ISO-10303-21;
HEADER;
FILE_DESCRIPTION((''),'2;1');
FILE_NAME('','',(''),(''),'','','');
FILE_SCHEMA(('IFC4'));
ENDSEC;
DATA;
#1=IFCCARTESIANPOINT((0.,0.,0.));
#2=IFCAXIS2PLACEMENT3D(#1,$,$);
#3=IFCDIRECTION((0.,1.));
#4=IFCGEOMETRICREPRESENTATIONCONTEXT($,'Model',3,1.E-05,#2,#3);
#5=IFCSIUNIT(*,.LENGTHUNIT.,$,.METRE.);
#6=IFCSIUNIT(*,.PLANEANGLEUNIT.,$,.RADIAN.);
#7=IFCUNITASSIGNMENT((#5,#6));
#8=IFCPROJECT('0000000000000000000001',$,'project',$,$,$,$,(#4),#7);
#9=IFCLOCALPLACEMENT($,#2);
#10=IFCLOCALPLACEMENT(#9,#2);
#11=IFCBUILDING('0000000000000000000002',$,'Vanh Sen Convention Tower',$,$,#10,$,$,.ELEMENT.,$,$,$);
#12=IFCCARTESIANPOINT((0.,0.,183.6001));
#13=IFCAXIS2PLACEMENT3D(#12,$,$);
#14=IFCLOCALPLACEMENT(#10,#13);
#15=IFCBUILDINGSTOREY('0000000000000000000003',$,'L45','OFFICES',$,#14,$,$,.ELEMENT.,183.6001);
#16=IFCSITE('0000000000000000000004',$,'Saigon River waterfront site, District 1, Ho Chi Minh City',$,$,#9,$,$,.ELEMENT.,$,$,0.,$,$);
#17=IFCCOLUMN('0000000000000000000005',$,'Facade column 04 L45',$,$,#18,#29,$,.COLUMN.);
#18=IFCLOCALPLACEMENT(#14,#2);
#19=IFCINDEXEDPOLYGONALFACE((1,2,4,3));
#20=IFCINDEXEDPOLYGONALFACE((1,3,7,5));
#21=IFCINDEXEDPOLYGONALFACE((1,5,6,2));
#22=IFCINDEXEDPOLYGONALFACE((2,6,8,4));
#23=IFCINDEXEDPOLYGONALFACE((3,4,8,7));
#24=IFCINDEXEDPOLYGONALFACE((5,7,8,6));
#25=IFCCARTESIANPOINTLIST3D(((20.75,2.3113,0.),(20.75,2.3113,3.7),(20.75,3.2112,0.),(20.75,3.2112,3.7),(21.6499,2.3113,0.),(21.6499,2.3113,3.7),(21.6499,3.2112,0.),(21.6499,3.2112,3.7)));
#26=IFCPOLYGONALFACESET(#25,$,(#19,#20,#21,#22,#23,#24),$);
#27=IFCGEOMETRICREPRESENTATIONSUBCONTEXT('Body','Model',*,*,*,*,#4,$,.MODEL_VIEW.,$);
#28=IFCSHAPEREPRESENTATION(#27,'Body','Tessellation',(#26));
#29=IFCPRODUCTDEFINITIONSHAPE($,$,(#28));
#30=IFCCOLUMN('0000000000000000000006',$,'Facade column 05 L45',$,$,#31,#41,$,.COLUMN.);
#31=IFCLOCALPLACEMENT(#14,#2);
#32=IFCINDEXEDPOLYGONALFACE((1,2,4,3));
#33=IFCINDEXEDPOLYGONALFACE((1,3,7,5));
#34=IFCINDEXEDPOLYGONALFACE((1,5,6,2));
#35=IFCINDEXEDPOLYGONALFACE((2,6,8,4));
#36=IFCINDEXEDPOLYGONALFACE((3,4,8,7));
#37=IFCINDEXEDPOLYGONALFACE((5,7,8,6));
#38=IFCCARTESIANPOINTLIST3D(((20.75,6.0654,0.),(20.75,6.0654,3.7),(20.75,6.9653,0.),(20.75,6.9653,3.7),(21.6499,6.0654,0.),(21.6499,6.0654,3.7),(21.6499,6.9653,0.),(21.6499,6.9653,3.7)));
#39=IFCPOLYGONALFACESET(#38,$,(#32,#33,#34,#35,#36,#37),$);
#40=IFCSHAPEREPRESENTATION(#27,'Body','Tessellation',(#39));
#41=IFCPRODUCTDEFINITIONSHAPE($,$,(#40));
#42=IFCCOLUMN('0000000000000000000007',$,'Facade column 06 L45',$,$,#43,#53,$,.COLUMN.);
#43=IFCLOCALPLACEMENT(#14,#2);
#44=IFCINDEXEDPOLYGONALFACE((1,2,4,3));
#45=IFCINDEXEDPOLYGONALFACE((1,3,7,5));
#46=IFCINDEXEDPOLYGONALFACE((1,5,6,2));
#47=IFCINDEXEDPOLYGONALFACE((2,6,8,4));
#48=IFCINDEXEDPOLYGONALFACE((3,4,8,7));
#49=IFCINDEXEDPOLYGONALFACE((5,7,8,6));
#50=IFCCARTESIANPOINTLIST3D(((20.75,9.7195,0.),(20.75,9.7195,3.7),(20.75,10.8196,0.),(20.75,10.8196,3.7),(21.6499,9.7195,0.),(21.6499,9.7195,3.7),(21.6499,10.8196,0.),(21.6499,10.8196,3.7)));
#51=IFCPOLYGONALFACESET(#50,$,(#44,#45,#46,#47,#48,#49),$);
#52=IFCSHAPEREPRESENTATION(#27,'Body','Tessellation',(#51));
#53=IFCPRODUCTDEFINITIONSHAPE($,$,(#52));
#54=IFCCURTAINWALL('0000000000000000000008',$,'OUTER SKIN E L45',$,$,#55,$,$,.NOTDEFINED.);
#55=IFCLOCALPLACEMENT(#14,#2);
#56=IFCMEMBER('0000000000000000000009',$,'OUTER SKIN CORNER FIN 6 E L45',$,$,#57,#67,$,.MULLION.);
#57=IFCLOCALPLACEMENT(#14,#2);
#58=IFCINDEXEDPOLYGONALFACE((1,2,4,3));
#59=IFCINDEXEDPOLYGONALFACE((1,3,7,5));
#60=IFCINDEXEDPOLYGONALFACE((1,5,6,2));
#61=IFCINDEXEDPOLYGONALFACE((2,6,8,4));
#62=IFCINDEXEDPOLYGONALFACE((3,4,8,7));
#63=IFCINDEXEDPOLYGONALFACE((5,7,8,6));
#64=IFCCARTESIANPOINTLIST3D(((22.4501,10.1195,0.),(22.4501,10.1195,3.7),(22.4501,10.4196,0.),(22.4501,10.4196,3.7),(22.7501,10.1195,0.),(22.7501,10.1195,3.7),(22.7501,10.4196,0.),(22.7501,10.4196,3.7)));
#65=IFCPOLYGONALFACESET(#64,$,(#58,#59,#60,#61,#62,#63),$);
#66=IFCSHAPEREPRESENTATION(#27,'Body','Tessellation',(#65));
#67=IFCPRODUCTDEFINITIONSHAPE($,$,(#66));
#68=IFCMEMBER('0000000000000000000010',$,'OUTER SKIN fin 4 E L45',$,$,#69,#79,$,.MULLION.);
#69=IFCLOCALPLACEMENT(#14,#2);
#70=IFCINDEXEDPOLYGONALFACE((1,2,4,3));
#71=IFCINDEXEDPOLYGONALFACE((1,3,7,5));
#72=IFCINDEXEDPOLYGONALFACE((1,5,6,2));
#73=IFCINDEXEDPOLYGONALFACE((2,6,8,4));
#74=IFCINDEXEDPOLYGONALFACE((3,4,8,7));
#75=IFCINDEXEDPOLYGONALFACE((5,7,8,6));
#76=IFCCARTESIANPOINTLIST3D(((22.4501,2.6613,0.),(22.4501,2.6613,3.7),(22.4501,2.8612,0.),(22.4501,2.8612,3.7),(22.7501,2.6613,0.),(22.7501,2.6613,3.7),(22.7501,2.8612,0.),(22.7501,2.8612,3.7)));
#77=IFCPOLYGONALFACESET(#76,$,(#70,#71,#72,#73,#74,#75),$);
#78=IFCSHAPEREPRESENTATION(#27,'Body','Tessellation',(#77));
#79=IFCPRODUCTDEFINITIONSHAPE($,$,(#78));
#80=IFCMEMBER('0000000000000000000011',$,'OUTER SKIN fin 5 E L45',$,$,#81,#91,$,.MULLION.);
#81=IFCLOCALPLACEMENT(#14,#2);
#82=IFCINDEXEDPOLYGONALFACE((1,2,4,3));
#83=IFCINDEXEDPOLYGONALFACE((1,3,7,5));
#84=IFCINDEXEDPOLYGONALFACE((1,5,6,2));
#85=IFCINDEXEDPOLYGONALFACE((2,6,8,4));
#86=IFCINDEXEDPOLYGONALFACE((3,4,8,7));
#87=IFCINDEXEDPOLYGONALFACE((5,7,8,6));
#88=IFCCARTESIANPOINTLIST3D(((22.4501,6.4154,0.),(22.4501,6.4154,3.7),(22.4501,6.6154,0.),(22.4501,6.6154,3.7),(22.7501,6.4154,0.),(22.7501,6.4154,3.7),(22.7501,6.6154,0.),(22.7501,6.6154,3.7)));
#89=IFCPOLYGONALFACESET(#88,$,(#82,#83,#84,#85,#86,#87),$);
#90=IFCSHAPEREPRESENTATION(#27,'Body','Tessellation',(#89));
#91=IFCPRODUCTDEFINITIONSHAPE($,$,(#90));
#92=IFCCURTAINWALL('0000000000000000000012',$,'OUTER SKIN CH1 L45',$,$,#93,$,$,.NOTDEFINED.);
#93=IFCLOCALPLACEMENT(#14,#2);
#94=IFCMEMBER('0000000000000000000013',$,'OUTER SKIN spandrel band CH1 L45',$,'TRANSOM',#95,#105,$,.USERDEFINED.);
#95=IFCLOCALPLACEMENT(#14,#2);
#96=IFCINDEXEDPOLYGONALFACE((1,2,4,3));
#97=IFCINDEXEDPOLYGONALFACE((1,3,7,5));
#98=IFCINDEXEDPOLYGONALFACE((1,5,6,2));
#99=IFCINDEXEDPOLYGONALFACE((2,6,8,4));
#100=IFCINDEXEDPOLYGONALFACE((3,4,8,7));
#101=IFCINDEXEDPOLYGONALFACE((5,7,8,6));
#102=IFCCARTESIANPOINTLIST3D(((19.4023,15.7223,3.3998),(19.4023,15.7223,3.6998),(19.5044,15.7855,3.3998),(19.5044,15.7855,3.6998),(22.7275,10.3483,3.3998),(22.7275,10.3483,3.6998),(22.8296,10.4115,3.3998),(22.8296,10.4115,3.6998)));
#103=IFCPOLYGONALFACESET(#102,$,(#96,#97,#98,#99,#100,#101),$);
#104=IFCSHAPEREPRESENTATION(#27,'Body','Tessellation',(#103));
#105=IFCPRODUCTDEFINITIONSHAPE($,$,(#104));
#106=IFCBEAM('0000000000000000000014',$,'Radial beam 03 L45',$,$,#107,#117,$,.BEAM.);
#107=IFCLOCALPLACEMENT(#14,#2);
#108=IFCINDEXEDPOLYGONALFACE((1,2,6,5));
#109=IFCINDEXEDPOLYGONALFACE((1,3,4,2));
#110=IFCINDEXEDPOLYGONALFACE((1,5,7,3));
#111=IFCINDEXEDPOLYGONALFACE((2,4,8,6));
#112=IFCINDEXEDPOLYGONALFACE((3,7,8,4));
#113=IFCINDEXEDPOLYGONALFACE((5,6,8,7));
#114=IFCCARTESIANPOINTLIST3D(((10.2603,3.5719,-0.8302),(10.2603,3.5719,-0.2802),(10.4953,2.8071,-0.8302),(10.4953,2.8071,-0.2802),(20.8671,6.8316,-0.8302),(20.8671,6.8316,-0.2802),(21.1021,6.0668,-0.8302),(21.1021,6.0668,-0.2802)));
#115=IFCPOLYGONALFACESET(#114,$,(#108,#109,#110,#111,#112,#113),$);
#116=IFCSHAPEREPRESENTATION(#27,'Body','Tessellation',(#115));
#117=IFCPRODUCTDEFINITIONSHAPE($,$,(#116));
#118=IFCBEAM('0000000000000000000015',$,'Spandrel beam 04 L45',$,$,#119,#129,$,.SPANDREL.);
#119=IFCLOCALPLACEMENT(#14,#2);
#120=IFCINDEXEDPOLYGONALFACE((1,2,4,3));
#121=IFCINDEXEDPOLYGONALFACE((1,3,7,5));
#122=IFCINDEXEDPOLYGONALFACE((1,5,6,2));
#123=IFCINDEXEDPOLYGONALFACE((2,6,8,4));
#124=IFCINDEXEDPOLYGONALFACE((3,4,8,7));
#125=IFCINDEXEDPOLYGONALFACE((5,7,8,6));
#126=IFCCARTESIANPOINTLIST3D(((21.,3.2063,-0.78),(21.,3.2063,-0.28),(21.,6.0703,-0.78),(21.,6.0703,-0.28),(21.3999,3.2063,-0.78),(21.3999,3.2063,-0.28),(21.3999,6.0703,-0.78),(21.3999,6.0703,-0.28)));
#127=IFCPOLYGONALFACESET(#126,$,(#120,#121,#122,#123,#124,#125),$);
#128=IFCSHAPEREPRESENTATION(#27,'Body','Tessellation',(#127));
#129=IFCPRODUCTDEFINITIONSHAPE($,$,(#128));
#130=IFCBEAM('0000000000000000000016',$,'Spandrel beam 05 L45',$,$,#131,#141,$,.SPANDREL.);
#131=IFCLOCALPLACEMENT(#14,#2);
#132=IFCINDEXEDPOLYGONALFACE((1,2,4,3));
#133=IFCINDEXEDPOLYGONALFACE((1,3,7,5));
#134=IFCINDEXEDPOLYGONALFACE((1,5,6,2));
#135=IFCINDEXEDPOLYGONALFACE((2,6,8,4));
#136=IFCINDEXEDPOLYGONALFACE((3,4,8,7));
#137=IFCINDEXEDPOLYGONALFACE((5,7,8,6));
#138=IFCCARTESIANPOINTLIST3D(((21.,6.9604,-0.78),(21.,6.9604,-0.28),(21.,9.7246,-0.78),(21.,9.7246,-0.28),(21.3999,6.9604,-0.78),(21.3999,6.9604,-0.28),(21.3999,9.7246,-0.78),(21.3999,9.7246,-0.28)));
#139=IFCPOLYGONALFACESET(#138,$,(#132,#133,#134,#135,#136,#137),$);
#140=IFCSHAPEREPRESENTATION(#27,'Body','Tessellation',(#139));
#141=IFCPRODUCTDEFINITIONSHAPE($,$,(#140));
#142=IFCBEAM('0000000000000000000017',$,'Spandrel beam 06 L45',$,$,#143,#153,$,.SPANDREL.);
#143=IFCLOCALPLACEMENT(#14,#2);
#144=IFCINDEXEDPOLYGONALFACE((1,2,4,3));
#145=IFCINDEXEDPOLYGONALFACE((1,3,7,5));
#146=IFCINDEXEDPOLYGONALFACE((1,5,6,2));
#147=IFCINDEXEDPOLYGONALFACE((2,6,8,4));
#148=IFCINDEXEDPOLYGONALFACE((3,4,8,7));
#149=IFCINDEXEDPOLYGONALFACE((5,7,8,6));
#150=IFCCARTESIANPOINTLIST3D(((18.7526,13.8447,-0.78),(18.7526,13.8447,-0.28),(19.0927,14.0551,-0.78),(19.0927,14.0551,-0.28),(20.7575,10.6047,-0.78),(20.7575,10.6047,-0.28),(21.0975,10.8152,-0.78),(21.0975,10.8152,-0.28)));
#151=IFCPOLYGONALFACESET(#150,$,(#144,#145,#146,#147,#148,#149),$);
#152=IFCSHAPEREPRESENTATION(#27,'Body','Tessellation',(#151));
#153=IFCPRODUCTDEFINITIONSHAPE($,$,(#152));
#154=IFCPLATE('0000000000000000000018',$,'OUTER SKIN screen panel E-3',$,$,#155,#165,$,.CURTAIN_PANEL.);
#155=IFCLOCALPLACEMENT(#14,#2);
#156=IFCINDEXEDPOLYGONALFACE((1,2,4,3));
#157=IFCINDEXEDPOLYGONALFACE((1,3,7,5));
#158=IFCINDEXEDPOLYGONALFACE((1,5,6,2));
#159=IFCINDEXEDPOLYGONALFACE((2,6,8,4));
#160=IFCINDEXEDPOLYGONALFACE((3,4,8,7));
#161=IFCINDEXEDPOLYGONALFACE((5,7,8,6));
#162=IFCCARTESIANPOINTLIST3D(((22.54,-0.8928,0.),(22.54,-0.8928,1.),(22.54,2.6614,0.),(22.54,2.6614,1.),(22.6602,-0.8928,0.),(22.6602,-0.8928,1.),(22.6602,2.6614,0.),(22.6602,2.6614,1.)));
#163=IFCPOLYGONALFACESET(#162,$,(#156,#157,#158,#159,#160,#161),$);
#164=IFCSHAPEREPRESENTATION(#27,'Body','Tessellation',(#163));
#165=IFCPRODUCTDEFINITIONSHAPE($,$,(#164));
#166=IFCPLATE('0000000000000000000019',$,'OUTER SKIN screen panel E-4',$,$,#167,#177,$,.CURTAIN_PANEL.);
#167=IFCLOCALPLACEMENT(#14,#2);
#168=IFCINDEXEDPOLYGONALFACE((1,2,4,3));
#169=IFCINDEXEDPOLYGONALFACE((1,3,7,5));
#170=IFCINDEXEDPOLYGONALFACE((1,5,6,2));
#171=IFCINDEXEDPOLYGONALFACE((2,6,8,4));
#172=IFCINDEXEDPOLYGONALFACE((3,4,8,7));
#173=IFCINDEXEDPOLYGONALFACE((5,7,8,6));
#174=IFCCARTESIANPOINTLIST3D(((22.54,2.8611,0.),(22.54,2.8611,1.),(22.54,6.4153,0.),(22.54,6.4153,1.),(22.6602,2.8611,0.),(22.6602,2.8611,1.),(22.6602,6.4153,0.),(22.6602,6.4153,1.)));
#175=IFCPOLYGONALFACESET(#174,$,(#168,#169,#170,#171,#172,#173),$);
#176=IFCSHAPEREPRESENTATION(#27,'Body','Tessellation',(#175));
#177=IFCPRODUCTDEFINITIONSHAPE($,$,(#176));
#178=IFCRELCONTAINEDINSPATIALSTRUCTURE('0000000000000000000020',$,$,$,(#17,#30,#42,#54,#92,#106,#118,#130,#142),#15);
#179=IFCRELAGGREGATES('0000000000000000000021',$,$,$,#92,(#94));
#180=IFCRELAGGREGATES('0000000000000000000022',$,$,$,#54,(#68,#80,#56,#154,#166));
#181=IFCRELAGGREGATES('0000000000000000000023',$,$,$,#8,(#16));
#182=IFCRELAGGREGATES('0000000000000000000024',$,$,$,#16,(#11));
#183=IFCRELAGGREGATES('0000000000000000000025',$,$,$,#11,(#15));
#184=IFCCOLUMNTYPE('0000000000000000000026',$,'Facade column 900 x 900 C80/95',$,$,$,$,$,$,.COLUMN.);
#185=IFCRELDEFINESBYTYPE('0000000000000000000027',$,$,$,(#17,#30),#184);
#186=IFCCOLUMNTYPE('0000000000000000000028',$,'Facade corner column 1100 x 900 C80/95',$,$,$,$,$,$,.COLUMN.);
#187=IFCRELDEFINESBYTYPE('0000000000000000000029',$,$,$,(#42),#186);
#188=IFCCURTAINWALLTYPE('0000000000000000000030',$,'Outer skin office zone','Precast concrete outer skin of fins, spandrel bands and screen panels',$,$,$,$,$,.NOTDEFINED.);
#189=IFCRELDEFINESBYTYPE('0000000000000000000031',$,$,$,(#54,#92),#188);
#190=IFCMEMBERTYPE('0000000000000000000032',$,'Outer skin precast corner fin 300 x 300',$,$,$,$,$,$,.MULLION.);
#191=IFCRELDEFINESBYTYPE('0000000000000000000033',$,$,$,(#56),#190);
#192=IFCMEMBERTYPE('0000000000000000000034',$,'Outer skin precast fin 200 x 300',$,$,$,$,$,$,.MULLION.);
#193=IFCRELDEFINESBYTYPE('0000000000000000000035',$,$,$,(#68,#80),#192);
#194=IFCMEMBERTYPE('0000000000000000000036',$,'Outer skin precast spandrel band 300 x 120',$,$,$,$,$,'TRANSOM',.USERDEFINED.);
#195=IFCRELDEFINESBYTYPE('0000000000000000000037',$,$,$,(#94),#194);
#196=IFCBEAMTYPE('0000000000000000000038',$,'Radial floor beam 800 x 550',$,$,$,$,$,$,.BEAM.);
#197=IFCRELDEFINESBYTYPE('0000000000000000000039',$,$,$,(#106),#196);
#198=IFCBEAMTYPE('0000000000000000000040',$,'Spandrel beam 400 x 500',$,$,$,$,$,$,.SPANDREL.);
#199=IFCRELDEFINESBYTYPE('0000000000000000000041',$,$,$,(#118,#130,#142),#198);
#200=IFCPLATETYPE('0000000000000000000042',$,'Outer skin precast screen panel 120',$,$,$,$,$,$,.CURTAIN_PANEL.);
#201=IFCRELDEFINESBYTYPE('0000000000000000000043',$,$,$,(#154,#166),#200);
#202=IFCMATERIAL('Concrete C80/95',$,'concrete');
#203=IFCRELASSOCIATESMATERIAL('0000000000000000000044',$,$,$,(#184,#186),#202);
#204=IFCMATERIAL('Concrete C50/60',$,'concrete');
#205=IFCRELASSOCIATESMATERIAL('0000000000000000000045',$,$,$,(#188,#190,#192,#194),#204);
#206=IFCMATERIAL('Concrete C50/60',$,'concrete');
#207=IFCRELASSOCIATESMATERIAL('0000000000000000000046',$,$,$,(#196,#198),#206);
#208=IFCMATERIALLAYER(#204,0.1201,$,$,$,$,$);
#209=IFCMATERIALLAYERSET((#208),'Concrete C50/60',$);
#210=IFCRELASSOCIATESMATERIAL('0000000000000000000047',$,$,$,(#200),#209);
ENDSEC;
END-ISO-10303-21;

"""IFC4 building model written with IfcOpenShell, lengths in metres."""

from ifc_helpers import new_model, si_unit, direction, frame, origin, origin_2d, place, context, subcontext, project, spatial, rectangle, extrude, material, layer, layer_set, material_profile, profile_set, type_object, element, aggregate, save


model = new_model("IFC4")

# Units and contexts
model_context = context("Model", 3, precision=1e-05, world=origin(), true_north=direction((0.0, 1.0)))
body_context = subcontext(model_context, "Body", "Model", "MODEL_VIEW")
ifc_project = project(units=[si_unit("LENGTHUNIT", "METRE"), si_unit("PLANEANGLEUNIT", "RADIAN")], contexts=[model_context])

# Site, building, storey
site_placement = place(None, origin())
site = spatial("IfcSite", under=ifc_project, at=site_placement, Name="Saigon River waterfront site, District 1, Ho Chi Minh City", CompositionType="ELEMENT", RefElevation=0.0)
building_placement = place(site_placement, origin())
building = spatial("IfcBuilding", under=site, at=building_placement, Name="Vanh Sen Convention Tower", CompositionType="ELEMENT")
storey_placement = place(building_placement, frame((0.0, 0.0, 183.6001)))
storey = spatial("IfcBuildingStorey", under=building, at=storey_placement, Name="L45", Description="OFFICES", CompositionType="ELEMENT", Elevation=183.6001)

# Columns
ifc_material_1 = material(Name="Concrete C80/95", Category="concrete")
ifc_material_profile_1 = material_profile(ifc_material_1, rectangle(XDim=0.8999, YDim=0.8999, at=origin_2d()), Name="RC 900X900")
ifc_profile_set_1 = profile_set([ifc_material_profile_1], Name="Concrete C80/95")
column_type_1 = type_object("IfcColumnType", Name="Facade column 900 x 900 C80/95", PredefinedType="COLUMN", material=ifc_profile_set_1)
for number, where, z_axis, x_axis, name in (
    (1, (21.2, 2.7612, 0.0), (0.0, 0.0, 1.0), (0.0, 1.0, 0.0), "Facade column 04 L45"),
    (2, (21.2, 6.5154, 0.0), (0.0, 0.0, 1.0), (0.0, 1.0, 0.0), "Facade column 05 L45"),
):
    element("IfcColumn", number, at=place(storey_placement, frame(where, z_axis=z_axis, x_axis=x_axis)), inside=storey, type_object=column_type_1, Name=name, PredefinedType="COLUMN", context=body_context, shape_type="SweptSolid", body=[
        extrude(rectangle(XDim=0.8999, YDim=0.8999, at=origin_2d()), origin(), (0.0, 0.0, 1.0), 3.7),
    ])
ifc_material_profile_2 = material_profile(ifc_material_1, rectangle(XDim=1.1001, YDim=0.8999, at=origin_2d()), Name="RC 1100X900")
ifc_profile_set_2 = profile_set([ifc_material_profile_2], Name="Concrete C80/95")
column_type_2 = type_object("IfcColumnType", Name="Facade corner column 1100 x 900 C80/95", PredefinedType="COLUMN", material=ifc_profile_set_2)
column_placement = place(storey_placement, frame((21.2, 10.2695, 0.0), z_axis=(0.0, 0.0, 1.0), x_axis=(0.0, 1.0, 0.0)))
element("IfcColumn", 3, at=column_placement, inside=storey, type_object=column_type_2, Name="Facade column 06 L45", PredefinedType="COLUMN", context=body_context, shape_type="SweptSolid", body=[
    extrude(rectangle(XDim=1.1001, YDim=0.8999, at=origin_2d()), origin(), (0.0, 0.0, 1.0), 3.7),
])

# Curtain wall, members
ifc_material_2 = material(Name="Concrete C50/60", Category="concrete")
curtain_wall_type = type_object("IfcCurtainWallType", Name="Outer skin office zone", Description="Precast concrete outer skin of fins, spandrel bands and screen panels", PredefinedType="NOTDEFINED", material=ifc_material_2)
curtain_wall_1_placement = place(storey_placement, origin())
curtain_wall_1 = element("IfcCurtainWall", 4, at=curtain_wall_1_placement, inside=storey, type_object=curtain_wall_type, Name="OUTER SKIN E L45", PredefinedType="NOTDEFINED")
ifc_material_profile_3 = material_profile(ifc_material_2, rectangle(XDim=0.3, YDim=0.3, at=origin_2d()), Name="Outer skin precast corner fin 300 x 300")
ifc_profile_set_3 = profile_set([ifc_material_profile_3], Name="Concrete C50/60")
member_type_1 = type_object("IfcMemberType", Name="Outer skin precast corner fin 300 x 300", PredefinedType="MULLION", material=ifc_profile_set_3)
member_1_placement = place(storey_placement, frame((22.6001, 10.2695, 0.0), z_axis=(0.0, 0.0, 1.0), x_axis=(0.0, 1.0, 0.0)))
member_1 = element("IfcMember", 5, at=member_1_placement, type_object=member_type_1, Name="OUTER SKIN CORNER FIN 6 E L45", PredefinedType="MULLION", context=body_context, shape_type="SweptSolid", body=[
    extrude(rectangle(XDim=0.3, YDim=0.3, at=origin_2d()), origin(), (0.0, 0.0, 1.0), 3.7),
])
ifc_material_profile_4 = material_profile(ifc_material_2, rectangle(XDim=0.2, YDim=0.3, at=origin_2d()), Name="Outer skin precast fin 200 x 300")
ifc_profile_set_4 = profile_set([ifc_material_profile_4], Name="Concrete C50/60")
member_type_2 = type_object("IfcMemberType", Name="Outer skin precast fin 200 x 300", PredefinedType="MULLION", material=ifc_profile_set_4)
member_2_placement = place(storey_placement, frame((22.6001, 2.7612, 0.0), z_axis=(0.0, 0.0, 1.0), x_axis=(0.0, 1.0, 0.0)))
member_2 = element("IfcMember", 6, at=member_2_placement, type_object=member_type_2, Name="OUTER SKIN fin 4 E L45", PredefinedType="MULLION", context=body_context, shape_type="SweptSolid", body=[
    extrude(rectangle(XDim=0.2, YDim=0.3, at=origin_2d()), origin(), (0.0, 0.0, 1.0), 3.7),
])
member_3_placement = place(storey_placement, frame((22.6001, 6.5154, 0.0), z_axis=(0.0, 0.0, 1.0), x_axis=(0.0, 1.0, 0.0)))
member_3 = element("IfcMember", 7, at=member_3_placement, type_object=member_type_2, Name="OUTER SKIN fin 5 E L45", PredefinedType="MULLION", context=body_context, shape_type="SweptSolid", body=[
    extrude(rectangle(XDim=0.2, YDim=0.3, at=origin_2d()), origin(), (0.0, 0.0, 1.0), 3.7),
])

# Curtain wall, member
curtain_wall_2_placement = place(storey_placement, origin())
curtain_wall_2 = element("IfcCurtainWall", 8, at=curtain_wall_2_placement, inside=storey, type_object=curtain_wall_type, Name="OUTER SKIN CH1 L45", PredefinedType="NOTDEFINED")
ifc_material_profile_5 = material_profile(ifc_material_2, rectangle(XDim=0.1201, YDim=0.3, at=origin_2d()), Name="Outer skin precast spandrel band 300 x 120")
ifc_profile_set_5 = profile_set([ifc_material_profile_5], Name="Concrete C50/60")
member_type_3 = type_object("IfcMemberType", Name="Outer skin precast spandrel band 300 x 120", ElementType="TRANSOM", PredefinedType="USERDEFINED", material=ifc_profile_set_5)
member_4_placement = place(storey_placement, frame((22.7786, 10.3799, 3.5498), z_axis=(-0.526174, 0.850377, 0.0), x_axis=(-0.850377, -0.526174, 0.0)))
member_4 = element("IfcMember", 9, at=member_4_placement, type_object=member_type_3, Name="OUTER SKIN spandrel band CH1 L45", ObjectType="TRANSOM", PredefinedType="USERDEFINED", context=body_context, shape_type="SweptSolid", body=[
    extrude(rectangle(XDim=0.1201, YDim=0.3, at=origin_2d()), origin(), (0.0, 0.0, 1.0), 6.3196),
])
aggregate(curtain_wall_2, [member_4])

# Beams
ifc_material_3 = material(Name="Concrete C50/60", Category="concrete")
ifc_material_profile_6 = material_profile(ifc_material_3, rectangle(XDim=0.8, YDim=0.55, at=origin_2d()), Name="RC 800X550")
ifc_profile_set_6 = profile_set([ifc_material_profile_6], Name="Concrete C50/60")
beam_type_1 = type_object("IfcBeamType", Name="Radial floor beam 800 x 550", PredefinedType="BEAM", material=ifc_profile_set_6)
beam_1_placement = place(storey_placement, frame((20.9846, 6.4492, -0.5552), z_axis=(-0.955878, -0.293764, 0.0), x_axis=(0.293764, -0.955878, 0.0)))
element("IfcBeam", 10, at=beam_1_placement, inside=storey, type_object=beam_type_1, Name="Radial beam 03 L45", PredefinedType="BEAM", context=body_context, shape_type="SweptSolid", body=[
    extrude(rectangle(XDim=0.8, YDim=0.55, at=origin_2d()), origin(), (0.0, 0.0, 1.0), 11.0964),
])
ifc_material_profile_7 = material_profile(ifc_material_3, rectangle(XDim=0.3999, YDim=0.5, at=origin_2d()), Name="RC 400X500")
ifc_profile_set_7 = profile_set([ifc_material_profile_7], Name="Concrete C50/60")
beam_type_2 = type_object("IfcBeamType", Name="Spandrel beam 400 x 500", PredefinedType="SPANDREL", material=ifc_profile_set_7)
beam_2_placement = place(storey_placement, frame((21.2, 3.2063, -0.53), z_axis=(0.0, 1.0, 0.0), x_axis=(-1.0, 0.0, 0.0)))
element("IfcBeam", 11, at=beam_2_placement, inside=storey, type_object=beam_type_2, Name="Spandrel beam 04 L45", PredefinedType="SPANDREL", context=body_context, shape_type="SweptSolid", body=[
    extrude(rectangle(XDim=0.3999, YDim=0.5, at=origin_2d()), origin(), (0.0, 0.0, 1.0), 2.864),
])
beam_3_placement = place(storey_placement, frame((21.2, 6.9604, -0.53), z_axis=(0.0, 1.0, 0.0), x_axis=(-1.0, 0.0, 0.0)))
element("IfcBeam", 12, at=beam_3_placement, inside=storey, type_object=beam_type_2, Name="Spandrel beam 05 L45", PredefinedType="SPANDREL", context=body_context, shape_type="SweptSolid", body=[
    extrude(rectangle(XDim=0.3999, YDim=0.5, at=origin_2d()), origin(), (0.0, 0.0, 1.0), 2.7642),
])
beam_4_placement = place(storey_placement, frame((20.9275, 10.71, -0.53), z_axis=(-0.526198, 0.850362, 0.0), x_axis=(-0.850362, -0.526198, 0.0)))
element("IfcBeam", 13, at=beam_4_placement, inside=storey, type_object=beam_type_2, Name="Spandrel beam 06 L45", PredefinedType="SPANDREL", context=body_context, shape_type="SweptSolid", body=[
    extrude(rectangle(XDim=0.3999, YDim=0.5, at=origin_2d()), origin(), (0.0, 0.0, 1.0), 3.8101),
])

# Plates
ifc_layer_1 = layer(ifc_material_2, 0.1201)
ifc_layer_set_1 = layer_set([ifc_layer_1], Name="Concrete C50/60")
plate_type = type_object("IfcPlateType", Name="Outer skin precast screen panel 120", PredefinedType="CURTAIN_PANEL", material=ifc_layer_set_1)
plate_1_placement = place(storey_placement, frame((22.6001, 0.8843, 0.0), z_axis=(0.0, 0.0, 1.0), x_axis=(0.0, 1.0, 0.0)))
plate_1 = element("IfcPlate", 14, at=plate_1_placement, type_object=plate_type, Name="OUTER SKIN screen panel E-3", PredefinedType="CURTAIN_PANEL", context=body_context, shape_type="SweptSolid", body=[
    extrude(rectangle(XDim=3.5542, YDim=0.1201, at=origin_2d()), origin(), (0.0, 0.0, 1.0), 1.0),
])
plate_2_placement = place(storey_placement, frame((22.6001, 4.6382, 0.0), z_axis=(0.0, 0.0, 1.0), x_axis=(0.0, 1.0, 0.0)))
plate_2 = element("IfcPlate", 15, at=plate_2_placement, type_object=plate_type, Name="OUTER SKIN screen panel E-4", PredefinedType="CURTAIN_PANEL", context=body_context, shape_type="SweptSolid", body=[
    extrude(rectangle(XDim=3.5542, YDim=0.1201, at=origin_2d()), origin(), (0.0, 0.0, 1.0), 1.0),
])
aggregate(curtain_wall_1, [member_2, member_3, member_1, plate_1, plate_2])

save(model, "model.ifc")
